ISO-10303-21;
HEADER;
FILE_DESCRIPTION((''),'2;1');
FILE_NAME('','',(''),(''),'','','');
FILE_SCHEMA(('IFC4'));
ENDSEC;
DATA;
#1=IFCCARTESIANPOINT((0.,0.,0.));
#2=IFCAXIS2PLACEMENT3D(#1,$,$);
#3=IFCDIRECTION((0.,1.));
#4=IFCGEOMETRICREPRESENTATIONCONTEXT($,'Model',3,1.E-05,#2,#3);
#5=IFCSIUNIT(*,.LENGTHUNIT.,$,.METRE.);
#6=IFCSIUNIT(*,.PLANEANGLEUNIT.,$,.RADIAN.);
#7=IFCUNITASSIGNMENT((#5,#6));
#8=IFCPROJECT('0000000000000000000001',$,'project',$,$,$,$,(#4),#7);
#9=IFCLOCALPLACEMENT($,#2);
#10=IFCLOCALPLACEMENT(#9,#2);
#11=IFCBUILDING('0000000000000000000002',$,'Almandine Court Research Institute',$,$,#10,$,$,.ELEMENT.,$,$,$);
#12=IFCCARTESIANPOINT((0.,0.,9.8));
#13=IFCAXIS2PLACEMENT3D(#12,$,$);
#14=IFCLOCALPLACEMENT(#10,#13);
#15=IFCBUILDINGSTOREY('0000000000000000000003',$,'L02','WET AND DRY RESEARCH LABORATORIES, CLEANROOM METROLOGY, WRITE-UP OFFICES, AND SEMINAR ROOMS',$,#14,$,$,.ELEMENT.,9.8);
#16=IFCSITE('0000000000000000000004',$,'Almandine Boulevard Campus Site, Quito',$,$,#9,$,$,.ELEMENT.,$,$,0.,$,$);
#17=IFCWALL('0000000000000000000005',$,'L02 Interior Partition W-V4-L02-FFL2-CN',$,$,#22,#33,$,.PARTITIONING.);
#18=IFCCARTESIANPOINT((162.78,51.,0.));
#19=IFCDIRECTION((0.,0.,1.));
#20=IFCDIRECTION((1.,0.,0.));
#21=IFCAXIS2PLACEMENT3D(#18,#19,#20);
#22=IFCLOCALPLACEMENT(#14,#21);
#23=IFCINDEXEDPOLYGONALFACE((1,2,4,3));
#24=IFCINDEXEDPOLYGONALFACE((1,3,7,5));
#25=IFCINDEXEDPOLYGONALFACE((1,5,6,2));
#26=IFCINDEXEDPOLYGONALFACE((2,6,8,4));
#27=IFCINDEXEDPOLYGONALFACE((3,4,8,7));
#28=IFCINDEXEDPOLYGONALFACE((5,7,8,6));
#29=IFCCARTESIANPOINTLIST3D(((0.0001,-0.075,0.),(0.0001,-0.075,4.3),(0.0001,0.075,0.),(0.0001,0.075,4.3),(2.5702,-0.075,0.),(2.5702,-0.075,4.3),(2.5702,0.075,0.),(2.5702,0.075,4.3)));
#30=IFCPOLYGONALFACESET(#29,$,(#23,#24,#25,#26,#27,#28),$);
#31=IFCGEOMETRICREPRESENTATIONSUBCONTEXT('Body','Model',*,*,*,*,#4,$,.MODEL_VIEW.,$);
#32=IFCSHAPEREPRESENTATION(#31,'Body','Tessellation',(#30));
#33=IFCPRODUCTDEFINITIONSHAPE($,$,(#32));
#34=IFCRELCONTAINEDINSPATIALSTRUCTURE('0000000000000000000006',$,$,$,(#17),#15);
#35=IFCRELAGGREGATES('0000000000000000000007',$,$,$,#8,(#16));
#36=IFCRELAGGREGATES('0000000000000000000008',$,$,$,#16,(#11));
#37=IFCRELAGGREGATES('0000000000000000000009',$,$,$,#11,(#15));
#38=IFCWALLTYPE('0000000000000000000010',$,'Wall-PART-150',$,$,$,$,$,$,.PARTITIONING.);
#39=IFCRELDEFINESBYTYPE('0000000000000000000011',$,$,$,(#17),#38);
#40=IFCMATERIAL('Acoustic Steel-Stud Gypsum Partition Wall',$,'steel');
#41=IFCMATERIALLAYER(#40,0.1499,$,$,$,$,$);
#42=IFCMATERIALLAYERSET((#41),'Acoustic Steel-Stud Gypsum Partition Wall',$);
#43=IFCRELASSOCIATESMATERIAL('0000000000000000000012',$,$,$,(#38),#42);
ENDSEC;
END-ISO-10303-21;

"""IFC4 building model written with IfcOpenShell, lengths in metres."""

from ifc_helpers import new_model, si_unit, direction, frame, frame_2d, origin, place, context, subcontext, project, spatial, rectangle, extrude, material, layer, layer_set, type_object, element, save


model = new_model("IFC4")

# Units and contexts
model_context = context("Model", 3, precision=1e-05, world=origin(), true_north=direction((0.0, 1.0)))
body_context = subcontext(model_context, "Body", "Model", "MODEL_VIEW")
ifc_project = project(units=[si_unit("LENGTHUNIT", "METRE"), si_unit("PLANEANGLEUNIT", "RADIAN")], contexts=[model_context])

# Site, building, storey
site_placement = place(None, origin())
site = spatial("IfcSite", under=ifc_project, at=site_placement, Name="Almandine Boulevard Campus Site, Quito", CompositionType="ELEMENT", RefElevation=0.0)
building_placement = place(site_placement, origin())
building = spatial("IfcBuilding", under=site, at=building_placement, Name="Almandine Court Research Institute", CompositionType="ELEMENT")
storey_placement = place(building_placement, frame((0.0, 0.0, 9.8)))
storey = spatial("IfcBuildingStorey", under=building, at=storey_placement, Name="L02", Description="WET AND DRY RESEARCH LABORATORIES, CLEANROOM METROLOGY, WRITE-UP OFFICES, AND SEMINAR ROOMS", CompositionType="ELEMENT", Elevation=9.8)

# Shared definitions
ifc_material_1 = material(Name="Acoustic Steel-Stud Gypsum Partition Wall", Category="steel")
ifc_layer_1 = layer(ifc_material_1, 0.1499)
ifc_layer_set_1 = layer_set([ifc_layer_1], Name="Acoustic Steel-Stud Gypsum Partition Wall")
wall_type_1 = type_object("IfcWallType", Name="Wall-PART-150", PredefinedType="PARTITIONING", material=ifc_layer_set_1)

# Wall
wall_1_placement = place(storey_placement, frame((162.78, 51.0, 0.0), z_axis=(0.0, 0.0, 1.0), x_axis=(1.0, 0.0, 0.0)))
element("IfcWall", 1, at=wall_1_placement, inside=storey, type_object=wall_type_1, Name="L02 Interior Partition W-V4-L02-FFL2-CN", PredefinedType="PARTITIONING", context=body_context, shape_type="SweptSolid", body=[
    extrude(rectangle(XDim=2.5701, YDim=0.1499, at=frame_2d((1.2852, 0.0))), origin(), (0.0, 0.0, 1.0), 4.3),
])

save(model, "model.ifc")
